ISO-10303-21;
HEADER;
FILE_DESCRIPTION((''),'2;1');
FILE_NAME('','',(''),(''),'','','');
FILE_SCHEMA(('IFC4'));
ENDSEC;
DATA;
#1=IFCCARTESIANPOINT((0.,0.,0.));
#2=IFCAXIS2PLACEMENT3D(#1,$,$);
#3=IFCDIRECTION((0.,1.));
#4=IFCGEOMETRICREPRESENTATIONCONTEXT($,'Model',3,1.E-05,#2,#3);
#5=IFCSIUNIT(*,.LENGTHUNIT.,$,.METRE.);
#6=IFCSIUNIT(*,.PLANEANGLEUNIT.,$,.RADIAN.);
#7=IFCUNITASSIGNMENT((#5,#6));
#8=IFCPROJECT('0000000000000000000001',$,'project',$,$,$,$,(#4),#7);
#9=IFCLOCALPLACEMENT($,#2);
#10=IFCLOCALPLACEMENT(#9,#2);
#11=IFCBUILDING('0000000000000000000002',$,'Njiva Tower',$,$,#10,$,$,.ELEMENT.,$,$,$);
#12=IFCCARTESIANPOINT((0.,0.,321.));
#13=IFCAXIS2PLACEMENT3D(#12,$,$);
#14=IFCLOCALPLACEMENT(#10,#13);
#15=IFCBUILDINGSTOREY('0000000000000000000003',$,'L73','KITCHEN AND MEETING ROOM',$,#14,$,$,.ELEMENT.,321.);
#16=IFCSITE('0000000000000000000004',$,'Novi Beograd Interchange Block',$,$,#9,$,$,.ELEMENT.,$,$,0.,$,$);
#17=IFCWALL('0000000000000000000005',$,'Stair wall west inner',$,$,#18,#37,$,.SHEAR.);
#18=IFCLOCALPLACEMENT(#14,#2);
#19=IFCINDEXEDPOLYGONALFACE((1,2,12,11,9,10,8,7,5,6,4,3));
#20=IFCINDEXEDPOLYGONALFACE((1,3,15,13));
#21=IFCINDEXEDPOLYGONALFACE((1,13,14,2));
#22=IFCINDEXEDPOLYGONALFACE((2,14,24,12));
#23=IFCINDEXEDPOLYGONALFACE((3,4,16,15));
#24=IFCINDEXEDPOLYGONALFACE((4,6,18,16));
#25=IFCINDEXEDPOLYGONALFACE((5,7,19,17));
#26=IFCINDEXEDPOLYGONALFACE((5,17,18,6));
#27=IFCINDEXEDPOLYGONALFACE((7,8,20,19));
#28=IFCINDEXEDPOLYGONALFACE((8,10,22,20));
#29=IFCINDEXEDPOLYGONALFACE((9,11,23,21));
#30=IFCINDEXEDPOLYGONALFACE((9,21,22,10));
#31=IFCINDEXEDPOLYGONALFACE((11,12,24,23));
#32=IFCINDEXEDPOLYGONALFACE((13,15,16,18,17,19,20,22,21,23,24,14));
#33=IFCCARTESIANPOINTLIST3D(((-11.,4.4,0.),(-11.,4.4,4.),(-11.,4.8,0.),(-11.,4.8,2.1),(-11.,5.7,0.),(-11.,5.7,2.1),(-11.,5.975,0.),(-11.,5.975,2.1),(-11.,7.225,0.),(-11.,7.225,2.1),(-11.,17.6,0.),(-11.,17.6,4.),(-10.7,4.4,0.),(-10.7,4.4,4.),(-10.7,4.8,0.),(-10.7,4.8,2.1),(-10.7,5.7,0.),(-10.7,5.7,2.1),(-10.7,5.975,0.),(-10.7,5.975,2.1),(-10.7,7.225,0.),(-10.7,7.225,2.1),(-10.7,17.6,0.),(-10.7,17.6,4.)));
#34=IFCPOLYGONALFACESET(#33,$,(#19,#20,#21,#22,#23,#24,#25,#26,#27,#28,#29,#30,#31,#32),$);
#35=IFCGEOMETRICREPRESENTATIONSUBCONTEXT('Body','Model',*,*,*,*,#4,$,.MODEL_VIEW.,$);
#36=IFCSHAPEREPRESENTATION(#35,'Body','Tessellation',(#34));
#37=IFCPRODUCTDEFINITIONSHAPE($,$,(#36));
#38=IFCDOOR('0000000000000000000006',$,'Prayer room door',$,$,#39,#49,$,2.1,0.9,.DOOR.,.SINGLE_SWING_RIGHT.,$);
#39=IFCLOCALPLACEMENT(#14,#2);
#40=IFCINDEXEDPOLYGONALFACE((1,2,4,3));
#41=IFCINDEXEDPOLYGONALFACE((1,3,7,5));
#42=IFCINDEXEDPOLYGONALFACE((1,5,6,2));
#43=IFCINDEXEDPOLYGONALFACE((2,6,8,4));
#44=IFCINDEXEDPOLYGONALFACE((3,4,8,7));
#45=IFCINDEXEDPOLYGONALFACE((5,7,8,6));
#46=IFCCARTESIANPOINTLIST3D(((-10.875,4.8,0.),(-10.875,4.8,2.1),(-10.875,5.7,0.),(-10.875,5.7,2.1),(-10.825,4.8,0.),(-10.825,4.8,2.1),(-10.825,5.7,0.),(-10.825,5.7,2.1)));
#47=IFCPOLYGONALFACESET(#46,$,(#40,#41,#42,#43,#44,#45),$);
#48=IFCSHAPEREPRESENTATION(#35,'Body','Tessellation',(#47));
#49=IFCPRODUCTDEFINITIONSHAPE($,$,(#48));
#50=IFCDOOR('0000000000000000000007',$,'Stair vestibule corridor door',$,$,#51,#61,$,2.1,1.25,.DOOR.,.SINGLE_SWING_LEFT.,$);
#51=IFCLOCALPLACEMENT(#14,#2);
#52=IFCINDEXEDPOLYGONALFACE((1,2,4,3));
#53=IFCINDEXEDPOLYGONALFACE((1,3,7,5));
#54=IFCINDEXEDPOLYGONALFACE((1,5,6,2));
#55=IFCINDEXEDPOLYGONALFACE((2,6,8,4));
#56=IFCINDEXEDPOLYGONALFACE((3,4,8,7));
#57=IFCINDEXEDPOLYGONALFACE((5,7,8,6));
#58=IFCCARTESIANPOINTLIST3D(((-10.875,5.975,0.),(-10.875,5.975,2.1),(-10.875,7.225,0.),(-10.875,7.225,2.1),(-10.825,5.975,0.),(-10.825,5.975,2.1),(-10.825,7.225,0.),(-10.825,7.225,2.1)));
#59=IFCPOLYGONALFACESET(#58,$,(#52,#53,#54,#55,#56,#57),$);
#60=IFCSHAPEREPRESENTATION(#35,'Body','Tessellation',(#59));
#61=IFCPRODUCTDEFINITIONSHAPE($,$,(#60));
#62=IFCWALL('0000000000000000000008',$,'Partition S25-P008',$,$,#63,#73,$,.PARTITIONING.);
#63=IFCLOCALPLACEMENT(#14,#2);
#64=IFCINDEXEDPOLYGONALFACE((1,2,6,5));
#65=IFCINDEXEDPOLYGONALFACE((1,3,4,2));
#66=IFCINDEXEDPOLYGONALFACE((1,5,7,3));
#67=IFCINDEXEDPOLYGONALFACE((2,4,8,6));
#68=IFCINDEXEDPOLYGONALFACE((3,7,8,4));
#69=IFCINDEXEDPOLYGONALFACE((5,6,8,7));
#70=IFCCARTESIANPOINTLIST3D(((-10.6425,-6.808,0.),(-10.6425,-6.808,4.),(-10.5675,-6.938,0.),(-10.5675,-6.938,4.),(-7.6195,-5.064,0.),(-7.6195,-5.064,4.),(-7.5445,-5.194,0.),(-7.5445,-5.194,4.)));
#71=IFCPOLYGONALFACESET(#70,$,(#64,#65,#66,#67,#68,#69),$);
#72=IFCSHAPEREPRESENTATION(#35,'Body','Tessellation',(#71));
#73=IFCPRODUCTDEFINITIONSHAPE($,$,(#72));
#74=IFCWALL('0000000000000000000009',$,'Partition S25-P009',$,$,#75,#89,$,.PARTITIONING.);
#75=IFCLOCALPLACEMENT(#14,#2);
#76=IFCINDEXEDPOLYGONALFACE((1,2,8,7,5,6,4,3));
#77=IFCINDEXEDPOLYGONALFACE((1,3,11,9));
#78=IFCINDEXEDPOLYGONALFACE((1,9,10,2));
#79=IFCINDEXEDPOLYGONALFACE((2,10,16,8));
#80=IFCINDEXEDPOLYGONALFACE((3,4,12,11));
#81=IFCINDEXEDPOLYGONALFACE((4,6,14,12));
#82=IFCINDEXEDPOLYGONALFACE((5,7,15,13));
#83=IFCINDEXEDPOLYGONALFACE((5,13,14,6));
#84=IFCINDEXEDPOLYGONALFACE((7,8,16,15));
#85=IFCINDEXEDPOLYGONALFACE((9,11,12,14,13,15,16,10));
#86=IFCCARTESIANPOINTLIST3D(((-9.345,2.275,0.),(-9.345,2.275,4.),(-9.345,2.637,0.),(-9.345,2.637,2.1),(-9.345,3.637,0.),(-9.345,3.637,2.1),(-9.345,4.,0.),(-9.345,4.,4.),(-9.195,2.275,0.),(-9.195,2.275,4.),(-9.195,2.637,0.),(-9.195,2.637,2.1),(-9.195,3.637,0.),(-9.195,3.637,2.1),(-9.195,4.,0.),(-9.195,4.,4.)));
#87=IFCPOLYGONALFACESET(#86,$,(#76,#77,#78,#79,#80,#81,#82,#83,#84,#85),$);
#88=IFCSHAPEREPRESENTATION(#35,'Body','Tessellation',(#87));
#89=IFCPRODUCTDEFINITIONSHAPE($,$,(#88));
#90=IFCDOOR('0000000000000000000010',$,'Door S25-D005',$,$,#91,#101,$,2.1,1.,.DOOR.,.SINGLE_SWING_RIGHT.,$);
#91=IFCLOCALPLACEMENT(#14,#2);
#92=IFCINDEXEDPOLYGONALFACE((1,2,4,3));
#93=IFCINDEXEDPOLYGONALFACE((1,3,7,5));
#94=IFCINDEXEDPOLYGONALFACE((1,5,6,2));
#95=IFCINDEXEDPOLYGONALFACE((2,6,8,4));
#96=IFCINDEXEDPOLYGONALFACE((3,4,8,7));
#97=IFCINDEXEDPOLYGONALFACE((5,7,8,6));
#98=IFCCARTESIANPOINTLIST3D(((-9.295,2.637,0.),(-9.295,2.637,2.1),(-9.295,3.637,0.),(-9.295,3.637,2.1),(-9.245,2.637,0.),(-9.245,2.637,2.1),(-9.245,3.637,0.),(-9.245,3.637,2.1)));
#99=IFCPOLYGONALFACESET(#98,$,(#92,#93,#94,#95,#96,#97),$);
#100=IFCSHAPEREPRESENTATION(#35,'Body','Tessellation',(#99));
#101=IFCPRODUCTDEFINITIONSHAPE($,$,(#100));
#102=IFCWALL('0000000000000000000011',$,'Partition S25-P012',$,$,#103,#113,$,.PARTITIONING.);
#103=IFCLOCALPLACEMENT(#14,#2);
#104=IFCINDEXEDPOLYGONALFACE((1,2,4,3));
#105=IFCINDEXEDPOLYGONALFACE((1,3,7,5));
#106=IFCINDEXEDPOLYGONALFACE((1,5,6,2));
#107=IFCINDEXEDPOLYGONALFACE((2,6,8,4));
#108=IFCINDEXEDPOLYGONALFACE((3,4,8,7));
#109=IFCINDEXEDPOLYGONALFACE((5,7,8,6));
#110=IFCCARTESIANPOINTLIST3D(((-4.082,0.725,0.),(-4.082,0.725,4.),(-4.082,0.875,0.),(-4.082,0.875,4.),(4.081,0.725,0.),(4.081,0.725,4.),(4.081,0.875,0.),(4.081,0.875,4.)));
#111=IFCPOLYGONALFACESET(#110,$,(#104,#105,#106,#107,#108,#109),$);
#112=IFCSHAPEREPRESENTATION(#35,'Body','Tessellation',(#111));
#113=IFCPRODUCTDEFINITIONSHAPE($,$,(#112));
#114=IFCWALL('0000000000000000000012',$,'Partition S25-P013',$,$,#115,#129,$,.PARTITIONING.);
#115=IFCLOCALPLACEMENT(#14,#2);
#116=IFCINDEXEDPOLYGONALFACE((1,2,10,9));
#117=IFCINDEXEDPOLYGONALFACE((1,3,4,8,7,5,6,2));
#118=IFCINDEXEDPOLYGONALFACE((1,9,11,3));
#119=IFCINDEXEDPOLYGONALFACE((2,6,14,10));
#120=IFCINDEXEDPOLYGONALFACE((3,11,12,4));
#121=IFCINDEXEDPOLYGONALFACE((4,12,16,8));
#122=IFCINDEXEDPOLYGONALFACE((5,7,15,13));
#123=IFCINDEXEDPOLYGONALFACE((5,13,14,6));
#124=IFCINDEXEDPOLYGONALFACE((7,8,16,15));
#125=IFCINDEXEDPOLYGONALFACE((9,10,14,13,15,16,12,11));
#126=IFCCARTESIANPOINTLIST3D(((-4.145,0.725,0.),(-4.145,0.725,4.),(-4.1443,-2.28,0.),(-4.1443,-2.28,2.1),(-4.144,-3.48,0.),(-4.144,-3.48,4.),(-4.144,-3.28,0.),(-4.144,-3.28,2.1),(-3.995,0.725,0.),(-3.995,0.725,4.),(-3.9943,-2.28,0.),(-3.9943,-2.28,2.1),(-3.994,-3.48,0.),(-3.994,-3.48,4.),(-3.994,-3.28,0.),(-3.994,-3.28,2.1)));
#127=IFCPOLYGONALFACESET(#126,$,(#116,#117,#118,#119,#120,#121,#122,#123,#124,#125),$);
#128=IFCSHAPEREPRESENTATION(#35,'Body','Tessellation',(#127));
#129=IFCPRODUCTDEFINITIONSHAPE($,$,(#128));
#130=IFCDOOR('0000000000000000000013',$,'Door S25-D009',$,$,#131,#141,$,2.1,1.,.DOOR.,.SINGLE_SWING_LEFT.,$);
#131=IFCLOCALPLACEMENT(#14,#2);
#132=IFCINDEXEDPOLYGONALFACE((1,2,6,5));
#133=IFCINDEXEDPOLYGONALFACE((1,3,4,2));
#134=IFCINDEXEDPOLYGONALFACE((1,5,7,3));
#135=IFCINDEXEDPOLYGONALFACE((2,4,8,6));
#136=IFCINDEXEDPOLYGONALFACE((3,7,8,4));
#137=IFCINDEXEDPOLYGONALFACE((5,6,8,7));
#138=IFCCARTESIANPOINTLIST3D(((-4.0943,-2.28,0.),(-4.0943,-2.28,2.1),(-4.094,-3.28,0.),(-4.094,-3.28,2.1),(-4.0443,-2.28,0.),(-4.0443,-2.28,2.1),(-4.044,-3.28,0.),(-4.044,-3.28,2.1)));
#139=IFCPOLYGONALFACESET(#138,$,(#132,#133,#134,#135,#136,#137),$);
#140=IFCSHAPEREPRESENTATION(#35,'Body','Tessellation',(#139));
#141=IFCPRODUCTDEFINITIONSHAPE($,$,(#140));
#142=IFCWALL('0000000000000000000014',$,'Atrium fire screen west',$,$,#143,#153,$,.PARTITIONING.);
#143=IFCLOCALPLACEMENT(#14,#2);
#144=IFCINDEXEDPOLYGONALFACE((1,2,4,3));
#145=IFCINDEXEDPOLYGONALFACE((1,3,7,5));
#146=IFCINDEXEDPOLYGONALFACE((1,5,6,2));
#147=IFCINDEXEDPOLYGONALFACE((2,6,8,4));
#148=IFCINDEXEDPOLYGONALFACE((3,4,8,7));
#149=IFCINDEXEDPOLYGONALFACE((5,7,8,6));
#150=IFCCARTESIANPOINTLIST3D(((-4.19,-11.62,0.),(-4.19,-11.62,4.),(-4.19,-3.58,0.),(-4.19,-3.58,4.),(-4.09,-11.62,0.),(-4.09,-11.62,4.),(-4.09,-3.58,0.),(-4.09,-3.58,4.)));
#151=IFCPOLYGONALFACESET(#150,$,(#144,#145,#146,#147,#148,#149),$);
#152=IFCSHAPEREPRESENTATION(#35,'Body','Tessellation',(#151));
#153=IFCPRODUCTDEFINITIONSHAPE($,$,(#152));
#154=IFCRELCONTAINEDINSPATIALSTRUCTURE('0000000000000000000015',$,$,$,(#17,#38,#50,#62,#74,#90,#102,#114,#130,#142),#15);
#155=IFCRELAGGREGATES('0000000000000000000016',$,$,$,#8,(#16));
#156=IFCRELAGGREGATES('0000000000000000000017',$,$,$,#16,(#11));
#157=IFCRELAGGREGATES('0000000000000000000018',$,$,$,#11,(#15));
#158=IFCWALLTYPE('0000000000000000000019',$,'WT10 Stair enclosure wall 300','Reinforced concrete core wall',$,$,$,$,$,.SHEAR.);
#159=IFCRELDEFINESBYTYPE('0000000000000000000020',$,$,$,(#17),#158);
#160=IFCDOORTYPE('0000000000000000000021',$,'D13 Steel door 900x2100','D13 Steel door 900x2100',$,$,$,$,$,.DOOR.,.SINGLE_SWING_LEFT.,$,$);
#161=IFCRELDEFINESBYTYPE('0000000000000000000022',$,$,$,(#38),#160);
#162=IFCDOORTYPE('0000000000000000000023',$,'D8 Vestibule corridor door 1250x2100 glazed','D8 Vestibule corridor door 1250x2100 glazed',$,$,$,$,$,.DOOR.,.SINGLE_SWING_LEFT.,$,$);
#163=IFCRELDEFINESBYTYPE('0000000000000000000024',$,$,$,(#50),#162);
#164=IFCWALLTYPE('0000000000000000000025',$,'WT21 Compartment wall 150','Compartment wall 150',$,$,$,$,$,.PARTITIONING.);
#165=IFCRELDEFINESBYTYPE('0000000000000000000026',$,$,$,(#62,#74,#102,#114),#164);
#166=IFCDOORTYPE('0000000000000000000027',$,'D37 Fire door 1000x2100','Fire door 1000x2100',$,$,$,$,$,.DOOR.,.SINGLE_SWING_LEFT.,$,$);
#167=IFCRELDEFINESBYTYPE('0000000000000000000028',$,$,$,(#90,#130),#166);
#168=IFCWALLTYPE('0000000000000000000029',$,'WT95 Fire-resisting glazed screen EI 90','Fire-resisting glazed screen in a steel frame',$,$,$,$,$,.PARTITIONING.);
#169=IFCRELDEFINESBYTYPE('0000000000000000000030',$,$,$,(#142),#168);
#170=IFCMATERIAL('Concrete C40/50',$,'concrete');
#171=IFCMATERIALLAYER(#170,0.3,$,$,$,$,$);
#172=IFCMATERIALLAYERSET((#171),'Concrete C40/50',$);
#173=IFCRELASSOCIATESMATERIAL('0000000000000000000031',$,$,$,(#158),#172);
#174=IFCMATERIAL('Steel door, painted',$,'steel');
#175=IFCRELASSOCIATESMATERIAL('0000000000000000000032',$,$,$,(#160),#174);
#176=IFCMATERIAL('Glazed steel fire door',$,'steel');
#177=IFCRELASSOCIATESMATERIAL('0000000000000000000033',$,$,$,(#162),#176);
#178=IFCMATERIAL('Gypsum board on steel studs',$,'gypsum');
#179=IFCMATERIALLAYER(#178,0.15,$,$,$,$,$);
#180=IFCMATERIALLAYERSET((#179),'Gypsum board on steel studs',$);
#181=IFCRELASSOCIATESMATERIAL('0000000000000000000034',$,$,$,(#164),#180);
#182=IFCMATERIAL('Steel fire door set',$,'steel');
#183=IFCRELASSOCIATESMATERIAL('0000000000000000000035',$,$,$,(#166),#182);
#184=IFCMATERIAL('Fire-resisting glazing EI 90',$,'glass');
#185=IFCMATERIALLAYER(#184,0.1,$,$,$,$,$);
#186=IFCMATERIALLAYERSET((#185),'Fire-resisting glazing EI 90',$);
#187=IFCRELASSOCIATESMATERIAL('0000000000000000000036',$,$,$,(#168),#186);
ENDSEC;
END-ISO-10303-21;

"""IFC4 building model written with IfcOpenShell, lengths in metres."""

from ifc_helpers import new_model, si_unit, direction, frame, frame_2d, origin, place, context, subcontext, project, spatial, rectangle, extrude, material, layer, layer_set, type_object, element, fill, save


model = new_model("IFC4")

# Units and contexts
model_context = context("Model", 3, precision=1e-05, world=origin(), true_north=direction((0.0, 1.0)))
body_context = subcontext(model_context, "Body", "Model", "MODEL_VIEW")
ifc_project = project(units=[si_unit("LENGTHUNIT", "METRE"), si_unit("PLANEANGLEUNIT", "RADIAN")], contexts=[model_context])

# Site, building, storey
site_placement = place(None, origin())
site = spatial("IfcSite", under=ifc_project, at=site_placement, Name="Novi Beograd Interchange Block", CompositionType="ELEMENT", RefElevation=0.0)
building_placement = place(site_placement, origin())
building = spatial("IfcBuilding", under=site, at=building_placement, Name="Njiva Tower", CompositionType="ELEMENT")
storey_placement = place(building_placement, frame((0.0, 0.0, 321.0)))
storey = spatial("IfcBuildingStorey", under=building, at=storey_placement, Name="L73", Description="KITCHEN AND MEETING ROOM", CompositionType="ELEMENT", Elevation=321.0)

# Wall, openings, doors
ifc_material_1 = material(Name="Concrete C40/50", Category="concrete")
ifc_layer_1 = layer(ifc_material_1, 0.3)
ifc_layer_set_1 = layer_set([ifc_layer_1], Name="Concrete C40/50")
wall_type_1 = type_object("IfcWallType", Name="WT10 Stair enclosure wall 300", Description="Reinforced concrete core wall", PredefinedType="SHEAR", material=ifc_layer_set_1)
wall_1_placement = place(storey_placement, frame((-10.85, 4.4, 0.0), z_axis=(0.0, 0.0, 1.0), x_axis=(0.0, 1.0, 0.0)))
wall_1 = element("IfcWall", 1, at=wall_1_placement, inside=storey, type_object=wall_type_1, Name="Stair wall west inner", PredefinedType="SHEAR", context=body_context, shape_type="SweptSolid", body=[
    extrude(rectangle(XDim=13.2, YDim=0.3, at=frame_2d((6.6, 0.0))), origin(), (0.0, 0.0, 1.0), 4.0),
])
opening_1_placement = place(wall_1_placement, frame((1.575, 0.0, 0.0)))
opening_1 = element("IfcOpeningElement", 2, at=opening_1_placement, cuts=wall_1, PredefinedType="OPENING", context=body_context, shape_type="SweptSolid", body=[
    extrude(rectangle(XDim=1.25, YDim=2.1, at=frame_2d((0.625, 1.05))), frame((0.0, 0.16, 0.0), z_axis=(0.0, -1.0, 0.0), x_axis=(1.0, 0.0, 0.0)), (0.0, 0.0, 1.0), 0.32),
])
opening_2_placement = place(wall_1_placement, frame((0.4, 0.0, 0.0)))
opening_2 = element("IfcOpeningElement", 3, at=opening_2_placement, cuts=wall_1, PredefinedType="OPENING", context=body_context, shape_type="SweptSolid", body=[
    extrude(rectangle(XDim=0.9, YDim=2.1, at=frame_2d((0.45, 1.05))), frame((0.0, 0.16, 0.0), z_axis=(0.0, -1.0, 0.0), x_axis=(1.0, 0.0, 0.0)), (0.0, 0.0, 1.0), 0.32),
])
ifc_material_2 = material(Name="Steel door, painted", Category="steel")
door_type_1 = type_object("IfcDoorType", Name="D13 Steel door 900x2100", Description="D13 Steel door 900x2100", OperationType="SINGLE_SWING_LEFT", PredefinedType="DOOR", material=ifc_material_2)
door_1_placement = place(opening_2_placement, origin())
door_1 = element("IfcDoor", 4, at=door_1_placement, inside=storey, type_object=door_type_1, Name="Prayer room door", OperationType="SINGLE_SWING_RIGHT", OverallHeight=2.1, OverallWidth=0.9, PredefinedType="DOOR", context=body_context, shape_type="SweptSolid", body=[
    extrude(rectangle(XDim=0.9, YDim=2.1, at=frame_2d((0.45, 1.05))), frame((0.0, 0.025, 0.0), z_axis=(0.0, -1.0, 0.0), x_axis=(1.0, 0.0, 0.0)), (0.0, 0.0, 1.0), 0.05),
])
fill(opening_2, door_1)
ifc_material_3 = material(Name="Glazed steel fire door", Category="steel")
door_type_2 = type_object("IfcDoorType", Name="D8 Vestibule corridor door 1250x2100 glazed", Description="D8 Vestibule corridor door 1250x2100 glazed", OperationType="SINGLE_SWING_LEFT", PredefinedType="DOOR", material=ifc_material_3)
door_2_placement = place(opening_1_placement, origin())
door_2 = element("IfcDoor", 5, at=door_2_placement, inside=storey, type_object=door_type_2, Name="Stair vestibule corridor door", OperationType="SINGLE_SWING_LEFT", OverallHeight=2.1, OverallWidth=1.25, PredefinedType="DOOR", context=body_context, shape_type="SweptSolid", body=[
    extrude(rectangle(XDim=1.25, YDim=2.1, at=frame_2d((0.625, 1.05))), frame((0.0, 0.025, 0.0), z_axis=(0.0, -1.0, 0.0), x_axis=(1.0, 0.0, 0.0)), (0.0, 0.0, 1.0), 0.05),
])
fill(opening_1, door_2)

# Wall
ifc_material_4 = material(Name="Gypsum board on steel studs", Category="gypsum")
ifc_layer_2 = layer(ifc_material_4, 0.15)
ifc_layer_set_2 = layer_set([ifc_layer_2], Name="Gypsum board on steel studs")
wall_type_2 = type_object("IfcWallType", Name="WT21 Compartment wall 150", Description="Compartment wall 150", PredefinedType="PARTITIONING", material=ifc_layer_set_2)
wall_2_placement = place(storey_placement, frame((-10.605, -6.873, 0.0), z_axis=(0.0, 0.0, 1.0), x_axis=(0.86619, 0.499714, 0.0)))
element("IfcWall", 6, at=wall_2_placement, inside=storey, type_object=wall_type_2, Name="Partition S25-P008", PredefinedType="PARTITIONING", context=body_context, shape_type="SweptSolid", body=[
    extrude(rectangle(XDim=3.49, YDim=0.15, at=frame_2d((1.745, 0.0))), origin(), (0.0, 0.0, 1.0), 4.0),
])

# Wall, opening, door
wall_3_placement = place(storey_placement, frame((-9.27, 2.275, 0.0), z_axis=(0.0, 0.0, 1.0), x_axis=(0.0, 1.0, 0.0)))
wall_3 = element("IfcWall", 7, at=wall_3_placement, inside=storey, type_object=wall_type_2, Name="Partition S25-P009", PredefinedType="PARTITIONING", context=body_context, shape_type="SweptSolid", body=[
    extrude(rectangle(XDim=1.725, YDim=0.15, at=frame_2d((0.8625, 0.0))), origin(), (0.0, 0.0, 1.0), 4.0),
])
opening_3_placement = place(wall_3_placement, frame((0.362, 0.0, 0.0)))
opening_3 = element("IfcOpeningElement", 8, at=opening_3_placement, cuts=wall_3, PredefinedType="OPENING", context=body_context, shape_type="SweptSolid", body=[
    extrude(rectangle(XDim=1.0, YDim=2.1, at=frame_2d((0.5, 1.05))), frame((0.0, 0.085, 0.0), z_axis=(0.0, -1.0, 0.0), x_axis=(1.0, 0.0, 0.0)), (0.0, 0.0, 1.0), 0.17),
])
ifc_material_5 = material(Name="Steel fire door set", Category="steel")
door_type_3 = type_object("IfcDoorType", Name="D37 Fire door 1000x2100", Description="Fire door 1000x2100", OperationType="SINGLE_SWING_LEFT", PredefinedType="DOOR", material=ifc_material_5)
door_3_placement = place(opening_3_placement, origin())
door_3 = element("IfcDoor", 9, at=door_3_placement, inside=storey, type_object=door_type_3, Name="Door S25-D005", OperationType="SINGLE_SWING_RIGHT", OverallHeight=2.1, OverallWidth=1.0, PredefinedType="DOOR", context=body_context, shape_type="SweptSolid", body=[
    extrude(rectangle(XDim=1.0, YDim=2.1, at=frame_2d((0.5, 1.05))), frame((0.0, 0.025, 0.0), z_axis=(0.0, -1.0, 0.0), x_axis=(1.0, 0.0, 0.0)), (0.0, 0.0, 1.0), 0.05),
])
fill(opening_3, door_3)

# Wall
wall_4_placement = place(storey_placement, frame((-4.082, 0.8, 0.0), z_axis=(0.0, 0.0, 1.0), x_axis=(1.0, 0.0, 0.0)))
element("IfcWall", 10, at=wall_4_placement, inside=storey, type_object=wall_type_2, Name="Partition S25-P012", PredefinedType="PARTITIONING", context=body_context, shape_type="SweptSolid", body=[
    extrude(rectangle(XDim=8.163, YDim=0.15, at=frame_2d((4.0815, 0.0))), origin(), (0.0, 0.0, 1.0), 4.0),
])

# Wall, opening, door
wall_5_placement = place(storey_placement, frame((-4.07, 0.725, 0.0), z_axis=(0.0, 0.0, 1.0), x_axis=(0.000238, -1.0, 0.0)))
wall_5 = element("IfcWall", 11, at=wall_5_placement, inside=storey, type_object=wall_type_2, Name="Partition S25-P013", PredefinedType="PARTITIONING", context=body_context, shape_type="SweptSolid", body=[
    extrude(rectangle(XDim=4.205, YDim=0.15, at=frame_2d((2.1025, 0.0))), origin(), (0.0, 0.0, 1.0), 4.0),
])
opening_4_placement = place(wall_5_placement, frame((3.005, 0.0, 0.0)))
opening_4 = element("IfcOpeningElement", 12, at=opening_4_placement, cuts=wall_5, PredefinedType="OPENING", context=body_context, shape_type="SweptSolid", body=[
    extrude(rectangle(XDim=1.0, YDim=2.1, at=frame_2d((0.5, 1.05))), frame((0.0, 0.085, 0.0), z_axis=(0.0, -1.0, 0.0), x_axis=(1.0, 0.0, 0.0)), (0.0, 0.0, 1.0), 0.17),
])
door_4_placement = place(opening_4_placement, origin())
door_4 = element("IfcDoor", 13, at=door_4_placement, inside=storey, type_object=door_type_3, Name="Door S25-D009", OperationType="SINGLE_SWING_LEFT", OverallHeight=2.1, OverallWidth=1.0, PredefinedType="DOOR", context=body_context, shape_type="SweptSolid", body=[
    extrude(rectangle(XDim=1.0, YDim=2.1, at=frame_2d((0.5, 1.05))), frame((0.0, 0.025, 0.0), z_axis=(0.0, -1.0, 0.0), x_axis=(1.0, 0.0, 0.0)), (0.0, 0.0, 1.0), 0.05),
])
fill(opening_4, door_4)

# Wall
ifc_material_6 = material(Name="Fire-resisting glazing EI 90", Category="glass")
ifc_layer_3 = layer(ifc_material_6, 0.1)
ifc_layer_set_3 = layer_set([ifc_layer_3], Name="Fire-resisting glazing EI 90")
wall_type_3 = type_object("IfcWallType", Name="WT95 Fire-resisting glazed screen EI 90", Description="Fire-resisting glazed screen in a steel frame", PredefinedType="PARTITIONING", material=ifc_layer_set_3)
wall_6_placement = place(storey_placement, frame((-4.14, -3.58, 0.0), z_axis=(0.0, 0.0, 1.0), x_axis=(0.0, -1.0, 0.0)))
element("IfcWall", 14, at=wall_6_placement, inside=storey, type_object=wall_type_3, Name="Atrium fire screen west", PredefinedType="PARTITIONING", context=body_context, shape_type="SweptSolid", body=[
    extrude(rectangle(XDim=8.04, YDim=0.1, at=frame_2d((4.02, 0.0))), origin(), (0.0, 0.0, 1.0), 4.0),
])

save(model, "model.ifc")
